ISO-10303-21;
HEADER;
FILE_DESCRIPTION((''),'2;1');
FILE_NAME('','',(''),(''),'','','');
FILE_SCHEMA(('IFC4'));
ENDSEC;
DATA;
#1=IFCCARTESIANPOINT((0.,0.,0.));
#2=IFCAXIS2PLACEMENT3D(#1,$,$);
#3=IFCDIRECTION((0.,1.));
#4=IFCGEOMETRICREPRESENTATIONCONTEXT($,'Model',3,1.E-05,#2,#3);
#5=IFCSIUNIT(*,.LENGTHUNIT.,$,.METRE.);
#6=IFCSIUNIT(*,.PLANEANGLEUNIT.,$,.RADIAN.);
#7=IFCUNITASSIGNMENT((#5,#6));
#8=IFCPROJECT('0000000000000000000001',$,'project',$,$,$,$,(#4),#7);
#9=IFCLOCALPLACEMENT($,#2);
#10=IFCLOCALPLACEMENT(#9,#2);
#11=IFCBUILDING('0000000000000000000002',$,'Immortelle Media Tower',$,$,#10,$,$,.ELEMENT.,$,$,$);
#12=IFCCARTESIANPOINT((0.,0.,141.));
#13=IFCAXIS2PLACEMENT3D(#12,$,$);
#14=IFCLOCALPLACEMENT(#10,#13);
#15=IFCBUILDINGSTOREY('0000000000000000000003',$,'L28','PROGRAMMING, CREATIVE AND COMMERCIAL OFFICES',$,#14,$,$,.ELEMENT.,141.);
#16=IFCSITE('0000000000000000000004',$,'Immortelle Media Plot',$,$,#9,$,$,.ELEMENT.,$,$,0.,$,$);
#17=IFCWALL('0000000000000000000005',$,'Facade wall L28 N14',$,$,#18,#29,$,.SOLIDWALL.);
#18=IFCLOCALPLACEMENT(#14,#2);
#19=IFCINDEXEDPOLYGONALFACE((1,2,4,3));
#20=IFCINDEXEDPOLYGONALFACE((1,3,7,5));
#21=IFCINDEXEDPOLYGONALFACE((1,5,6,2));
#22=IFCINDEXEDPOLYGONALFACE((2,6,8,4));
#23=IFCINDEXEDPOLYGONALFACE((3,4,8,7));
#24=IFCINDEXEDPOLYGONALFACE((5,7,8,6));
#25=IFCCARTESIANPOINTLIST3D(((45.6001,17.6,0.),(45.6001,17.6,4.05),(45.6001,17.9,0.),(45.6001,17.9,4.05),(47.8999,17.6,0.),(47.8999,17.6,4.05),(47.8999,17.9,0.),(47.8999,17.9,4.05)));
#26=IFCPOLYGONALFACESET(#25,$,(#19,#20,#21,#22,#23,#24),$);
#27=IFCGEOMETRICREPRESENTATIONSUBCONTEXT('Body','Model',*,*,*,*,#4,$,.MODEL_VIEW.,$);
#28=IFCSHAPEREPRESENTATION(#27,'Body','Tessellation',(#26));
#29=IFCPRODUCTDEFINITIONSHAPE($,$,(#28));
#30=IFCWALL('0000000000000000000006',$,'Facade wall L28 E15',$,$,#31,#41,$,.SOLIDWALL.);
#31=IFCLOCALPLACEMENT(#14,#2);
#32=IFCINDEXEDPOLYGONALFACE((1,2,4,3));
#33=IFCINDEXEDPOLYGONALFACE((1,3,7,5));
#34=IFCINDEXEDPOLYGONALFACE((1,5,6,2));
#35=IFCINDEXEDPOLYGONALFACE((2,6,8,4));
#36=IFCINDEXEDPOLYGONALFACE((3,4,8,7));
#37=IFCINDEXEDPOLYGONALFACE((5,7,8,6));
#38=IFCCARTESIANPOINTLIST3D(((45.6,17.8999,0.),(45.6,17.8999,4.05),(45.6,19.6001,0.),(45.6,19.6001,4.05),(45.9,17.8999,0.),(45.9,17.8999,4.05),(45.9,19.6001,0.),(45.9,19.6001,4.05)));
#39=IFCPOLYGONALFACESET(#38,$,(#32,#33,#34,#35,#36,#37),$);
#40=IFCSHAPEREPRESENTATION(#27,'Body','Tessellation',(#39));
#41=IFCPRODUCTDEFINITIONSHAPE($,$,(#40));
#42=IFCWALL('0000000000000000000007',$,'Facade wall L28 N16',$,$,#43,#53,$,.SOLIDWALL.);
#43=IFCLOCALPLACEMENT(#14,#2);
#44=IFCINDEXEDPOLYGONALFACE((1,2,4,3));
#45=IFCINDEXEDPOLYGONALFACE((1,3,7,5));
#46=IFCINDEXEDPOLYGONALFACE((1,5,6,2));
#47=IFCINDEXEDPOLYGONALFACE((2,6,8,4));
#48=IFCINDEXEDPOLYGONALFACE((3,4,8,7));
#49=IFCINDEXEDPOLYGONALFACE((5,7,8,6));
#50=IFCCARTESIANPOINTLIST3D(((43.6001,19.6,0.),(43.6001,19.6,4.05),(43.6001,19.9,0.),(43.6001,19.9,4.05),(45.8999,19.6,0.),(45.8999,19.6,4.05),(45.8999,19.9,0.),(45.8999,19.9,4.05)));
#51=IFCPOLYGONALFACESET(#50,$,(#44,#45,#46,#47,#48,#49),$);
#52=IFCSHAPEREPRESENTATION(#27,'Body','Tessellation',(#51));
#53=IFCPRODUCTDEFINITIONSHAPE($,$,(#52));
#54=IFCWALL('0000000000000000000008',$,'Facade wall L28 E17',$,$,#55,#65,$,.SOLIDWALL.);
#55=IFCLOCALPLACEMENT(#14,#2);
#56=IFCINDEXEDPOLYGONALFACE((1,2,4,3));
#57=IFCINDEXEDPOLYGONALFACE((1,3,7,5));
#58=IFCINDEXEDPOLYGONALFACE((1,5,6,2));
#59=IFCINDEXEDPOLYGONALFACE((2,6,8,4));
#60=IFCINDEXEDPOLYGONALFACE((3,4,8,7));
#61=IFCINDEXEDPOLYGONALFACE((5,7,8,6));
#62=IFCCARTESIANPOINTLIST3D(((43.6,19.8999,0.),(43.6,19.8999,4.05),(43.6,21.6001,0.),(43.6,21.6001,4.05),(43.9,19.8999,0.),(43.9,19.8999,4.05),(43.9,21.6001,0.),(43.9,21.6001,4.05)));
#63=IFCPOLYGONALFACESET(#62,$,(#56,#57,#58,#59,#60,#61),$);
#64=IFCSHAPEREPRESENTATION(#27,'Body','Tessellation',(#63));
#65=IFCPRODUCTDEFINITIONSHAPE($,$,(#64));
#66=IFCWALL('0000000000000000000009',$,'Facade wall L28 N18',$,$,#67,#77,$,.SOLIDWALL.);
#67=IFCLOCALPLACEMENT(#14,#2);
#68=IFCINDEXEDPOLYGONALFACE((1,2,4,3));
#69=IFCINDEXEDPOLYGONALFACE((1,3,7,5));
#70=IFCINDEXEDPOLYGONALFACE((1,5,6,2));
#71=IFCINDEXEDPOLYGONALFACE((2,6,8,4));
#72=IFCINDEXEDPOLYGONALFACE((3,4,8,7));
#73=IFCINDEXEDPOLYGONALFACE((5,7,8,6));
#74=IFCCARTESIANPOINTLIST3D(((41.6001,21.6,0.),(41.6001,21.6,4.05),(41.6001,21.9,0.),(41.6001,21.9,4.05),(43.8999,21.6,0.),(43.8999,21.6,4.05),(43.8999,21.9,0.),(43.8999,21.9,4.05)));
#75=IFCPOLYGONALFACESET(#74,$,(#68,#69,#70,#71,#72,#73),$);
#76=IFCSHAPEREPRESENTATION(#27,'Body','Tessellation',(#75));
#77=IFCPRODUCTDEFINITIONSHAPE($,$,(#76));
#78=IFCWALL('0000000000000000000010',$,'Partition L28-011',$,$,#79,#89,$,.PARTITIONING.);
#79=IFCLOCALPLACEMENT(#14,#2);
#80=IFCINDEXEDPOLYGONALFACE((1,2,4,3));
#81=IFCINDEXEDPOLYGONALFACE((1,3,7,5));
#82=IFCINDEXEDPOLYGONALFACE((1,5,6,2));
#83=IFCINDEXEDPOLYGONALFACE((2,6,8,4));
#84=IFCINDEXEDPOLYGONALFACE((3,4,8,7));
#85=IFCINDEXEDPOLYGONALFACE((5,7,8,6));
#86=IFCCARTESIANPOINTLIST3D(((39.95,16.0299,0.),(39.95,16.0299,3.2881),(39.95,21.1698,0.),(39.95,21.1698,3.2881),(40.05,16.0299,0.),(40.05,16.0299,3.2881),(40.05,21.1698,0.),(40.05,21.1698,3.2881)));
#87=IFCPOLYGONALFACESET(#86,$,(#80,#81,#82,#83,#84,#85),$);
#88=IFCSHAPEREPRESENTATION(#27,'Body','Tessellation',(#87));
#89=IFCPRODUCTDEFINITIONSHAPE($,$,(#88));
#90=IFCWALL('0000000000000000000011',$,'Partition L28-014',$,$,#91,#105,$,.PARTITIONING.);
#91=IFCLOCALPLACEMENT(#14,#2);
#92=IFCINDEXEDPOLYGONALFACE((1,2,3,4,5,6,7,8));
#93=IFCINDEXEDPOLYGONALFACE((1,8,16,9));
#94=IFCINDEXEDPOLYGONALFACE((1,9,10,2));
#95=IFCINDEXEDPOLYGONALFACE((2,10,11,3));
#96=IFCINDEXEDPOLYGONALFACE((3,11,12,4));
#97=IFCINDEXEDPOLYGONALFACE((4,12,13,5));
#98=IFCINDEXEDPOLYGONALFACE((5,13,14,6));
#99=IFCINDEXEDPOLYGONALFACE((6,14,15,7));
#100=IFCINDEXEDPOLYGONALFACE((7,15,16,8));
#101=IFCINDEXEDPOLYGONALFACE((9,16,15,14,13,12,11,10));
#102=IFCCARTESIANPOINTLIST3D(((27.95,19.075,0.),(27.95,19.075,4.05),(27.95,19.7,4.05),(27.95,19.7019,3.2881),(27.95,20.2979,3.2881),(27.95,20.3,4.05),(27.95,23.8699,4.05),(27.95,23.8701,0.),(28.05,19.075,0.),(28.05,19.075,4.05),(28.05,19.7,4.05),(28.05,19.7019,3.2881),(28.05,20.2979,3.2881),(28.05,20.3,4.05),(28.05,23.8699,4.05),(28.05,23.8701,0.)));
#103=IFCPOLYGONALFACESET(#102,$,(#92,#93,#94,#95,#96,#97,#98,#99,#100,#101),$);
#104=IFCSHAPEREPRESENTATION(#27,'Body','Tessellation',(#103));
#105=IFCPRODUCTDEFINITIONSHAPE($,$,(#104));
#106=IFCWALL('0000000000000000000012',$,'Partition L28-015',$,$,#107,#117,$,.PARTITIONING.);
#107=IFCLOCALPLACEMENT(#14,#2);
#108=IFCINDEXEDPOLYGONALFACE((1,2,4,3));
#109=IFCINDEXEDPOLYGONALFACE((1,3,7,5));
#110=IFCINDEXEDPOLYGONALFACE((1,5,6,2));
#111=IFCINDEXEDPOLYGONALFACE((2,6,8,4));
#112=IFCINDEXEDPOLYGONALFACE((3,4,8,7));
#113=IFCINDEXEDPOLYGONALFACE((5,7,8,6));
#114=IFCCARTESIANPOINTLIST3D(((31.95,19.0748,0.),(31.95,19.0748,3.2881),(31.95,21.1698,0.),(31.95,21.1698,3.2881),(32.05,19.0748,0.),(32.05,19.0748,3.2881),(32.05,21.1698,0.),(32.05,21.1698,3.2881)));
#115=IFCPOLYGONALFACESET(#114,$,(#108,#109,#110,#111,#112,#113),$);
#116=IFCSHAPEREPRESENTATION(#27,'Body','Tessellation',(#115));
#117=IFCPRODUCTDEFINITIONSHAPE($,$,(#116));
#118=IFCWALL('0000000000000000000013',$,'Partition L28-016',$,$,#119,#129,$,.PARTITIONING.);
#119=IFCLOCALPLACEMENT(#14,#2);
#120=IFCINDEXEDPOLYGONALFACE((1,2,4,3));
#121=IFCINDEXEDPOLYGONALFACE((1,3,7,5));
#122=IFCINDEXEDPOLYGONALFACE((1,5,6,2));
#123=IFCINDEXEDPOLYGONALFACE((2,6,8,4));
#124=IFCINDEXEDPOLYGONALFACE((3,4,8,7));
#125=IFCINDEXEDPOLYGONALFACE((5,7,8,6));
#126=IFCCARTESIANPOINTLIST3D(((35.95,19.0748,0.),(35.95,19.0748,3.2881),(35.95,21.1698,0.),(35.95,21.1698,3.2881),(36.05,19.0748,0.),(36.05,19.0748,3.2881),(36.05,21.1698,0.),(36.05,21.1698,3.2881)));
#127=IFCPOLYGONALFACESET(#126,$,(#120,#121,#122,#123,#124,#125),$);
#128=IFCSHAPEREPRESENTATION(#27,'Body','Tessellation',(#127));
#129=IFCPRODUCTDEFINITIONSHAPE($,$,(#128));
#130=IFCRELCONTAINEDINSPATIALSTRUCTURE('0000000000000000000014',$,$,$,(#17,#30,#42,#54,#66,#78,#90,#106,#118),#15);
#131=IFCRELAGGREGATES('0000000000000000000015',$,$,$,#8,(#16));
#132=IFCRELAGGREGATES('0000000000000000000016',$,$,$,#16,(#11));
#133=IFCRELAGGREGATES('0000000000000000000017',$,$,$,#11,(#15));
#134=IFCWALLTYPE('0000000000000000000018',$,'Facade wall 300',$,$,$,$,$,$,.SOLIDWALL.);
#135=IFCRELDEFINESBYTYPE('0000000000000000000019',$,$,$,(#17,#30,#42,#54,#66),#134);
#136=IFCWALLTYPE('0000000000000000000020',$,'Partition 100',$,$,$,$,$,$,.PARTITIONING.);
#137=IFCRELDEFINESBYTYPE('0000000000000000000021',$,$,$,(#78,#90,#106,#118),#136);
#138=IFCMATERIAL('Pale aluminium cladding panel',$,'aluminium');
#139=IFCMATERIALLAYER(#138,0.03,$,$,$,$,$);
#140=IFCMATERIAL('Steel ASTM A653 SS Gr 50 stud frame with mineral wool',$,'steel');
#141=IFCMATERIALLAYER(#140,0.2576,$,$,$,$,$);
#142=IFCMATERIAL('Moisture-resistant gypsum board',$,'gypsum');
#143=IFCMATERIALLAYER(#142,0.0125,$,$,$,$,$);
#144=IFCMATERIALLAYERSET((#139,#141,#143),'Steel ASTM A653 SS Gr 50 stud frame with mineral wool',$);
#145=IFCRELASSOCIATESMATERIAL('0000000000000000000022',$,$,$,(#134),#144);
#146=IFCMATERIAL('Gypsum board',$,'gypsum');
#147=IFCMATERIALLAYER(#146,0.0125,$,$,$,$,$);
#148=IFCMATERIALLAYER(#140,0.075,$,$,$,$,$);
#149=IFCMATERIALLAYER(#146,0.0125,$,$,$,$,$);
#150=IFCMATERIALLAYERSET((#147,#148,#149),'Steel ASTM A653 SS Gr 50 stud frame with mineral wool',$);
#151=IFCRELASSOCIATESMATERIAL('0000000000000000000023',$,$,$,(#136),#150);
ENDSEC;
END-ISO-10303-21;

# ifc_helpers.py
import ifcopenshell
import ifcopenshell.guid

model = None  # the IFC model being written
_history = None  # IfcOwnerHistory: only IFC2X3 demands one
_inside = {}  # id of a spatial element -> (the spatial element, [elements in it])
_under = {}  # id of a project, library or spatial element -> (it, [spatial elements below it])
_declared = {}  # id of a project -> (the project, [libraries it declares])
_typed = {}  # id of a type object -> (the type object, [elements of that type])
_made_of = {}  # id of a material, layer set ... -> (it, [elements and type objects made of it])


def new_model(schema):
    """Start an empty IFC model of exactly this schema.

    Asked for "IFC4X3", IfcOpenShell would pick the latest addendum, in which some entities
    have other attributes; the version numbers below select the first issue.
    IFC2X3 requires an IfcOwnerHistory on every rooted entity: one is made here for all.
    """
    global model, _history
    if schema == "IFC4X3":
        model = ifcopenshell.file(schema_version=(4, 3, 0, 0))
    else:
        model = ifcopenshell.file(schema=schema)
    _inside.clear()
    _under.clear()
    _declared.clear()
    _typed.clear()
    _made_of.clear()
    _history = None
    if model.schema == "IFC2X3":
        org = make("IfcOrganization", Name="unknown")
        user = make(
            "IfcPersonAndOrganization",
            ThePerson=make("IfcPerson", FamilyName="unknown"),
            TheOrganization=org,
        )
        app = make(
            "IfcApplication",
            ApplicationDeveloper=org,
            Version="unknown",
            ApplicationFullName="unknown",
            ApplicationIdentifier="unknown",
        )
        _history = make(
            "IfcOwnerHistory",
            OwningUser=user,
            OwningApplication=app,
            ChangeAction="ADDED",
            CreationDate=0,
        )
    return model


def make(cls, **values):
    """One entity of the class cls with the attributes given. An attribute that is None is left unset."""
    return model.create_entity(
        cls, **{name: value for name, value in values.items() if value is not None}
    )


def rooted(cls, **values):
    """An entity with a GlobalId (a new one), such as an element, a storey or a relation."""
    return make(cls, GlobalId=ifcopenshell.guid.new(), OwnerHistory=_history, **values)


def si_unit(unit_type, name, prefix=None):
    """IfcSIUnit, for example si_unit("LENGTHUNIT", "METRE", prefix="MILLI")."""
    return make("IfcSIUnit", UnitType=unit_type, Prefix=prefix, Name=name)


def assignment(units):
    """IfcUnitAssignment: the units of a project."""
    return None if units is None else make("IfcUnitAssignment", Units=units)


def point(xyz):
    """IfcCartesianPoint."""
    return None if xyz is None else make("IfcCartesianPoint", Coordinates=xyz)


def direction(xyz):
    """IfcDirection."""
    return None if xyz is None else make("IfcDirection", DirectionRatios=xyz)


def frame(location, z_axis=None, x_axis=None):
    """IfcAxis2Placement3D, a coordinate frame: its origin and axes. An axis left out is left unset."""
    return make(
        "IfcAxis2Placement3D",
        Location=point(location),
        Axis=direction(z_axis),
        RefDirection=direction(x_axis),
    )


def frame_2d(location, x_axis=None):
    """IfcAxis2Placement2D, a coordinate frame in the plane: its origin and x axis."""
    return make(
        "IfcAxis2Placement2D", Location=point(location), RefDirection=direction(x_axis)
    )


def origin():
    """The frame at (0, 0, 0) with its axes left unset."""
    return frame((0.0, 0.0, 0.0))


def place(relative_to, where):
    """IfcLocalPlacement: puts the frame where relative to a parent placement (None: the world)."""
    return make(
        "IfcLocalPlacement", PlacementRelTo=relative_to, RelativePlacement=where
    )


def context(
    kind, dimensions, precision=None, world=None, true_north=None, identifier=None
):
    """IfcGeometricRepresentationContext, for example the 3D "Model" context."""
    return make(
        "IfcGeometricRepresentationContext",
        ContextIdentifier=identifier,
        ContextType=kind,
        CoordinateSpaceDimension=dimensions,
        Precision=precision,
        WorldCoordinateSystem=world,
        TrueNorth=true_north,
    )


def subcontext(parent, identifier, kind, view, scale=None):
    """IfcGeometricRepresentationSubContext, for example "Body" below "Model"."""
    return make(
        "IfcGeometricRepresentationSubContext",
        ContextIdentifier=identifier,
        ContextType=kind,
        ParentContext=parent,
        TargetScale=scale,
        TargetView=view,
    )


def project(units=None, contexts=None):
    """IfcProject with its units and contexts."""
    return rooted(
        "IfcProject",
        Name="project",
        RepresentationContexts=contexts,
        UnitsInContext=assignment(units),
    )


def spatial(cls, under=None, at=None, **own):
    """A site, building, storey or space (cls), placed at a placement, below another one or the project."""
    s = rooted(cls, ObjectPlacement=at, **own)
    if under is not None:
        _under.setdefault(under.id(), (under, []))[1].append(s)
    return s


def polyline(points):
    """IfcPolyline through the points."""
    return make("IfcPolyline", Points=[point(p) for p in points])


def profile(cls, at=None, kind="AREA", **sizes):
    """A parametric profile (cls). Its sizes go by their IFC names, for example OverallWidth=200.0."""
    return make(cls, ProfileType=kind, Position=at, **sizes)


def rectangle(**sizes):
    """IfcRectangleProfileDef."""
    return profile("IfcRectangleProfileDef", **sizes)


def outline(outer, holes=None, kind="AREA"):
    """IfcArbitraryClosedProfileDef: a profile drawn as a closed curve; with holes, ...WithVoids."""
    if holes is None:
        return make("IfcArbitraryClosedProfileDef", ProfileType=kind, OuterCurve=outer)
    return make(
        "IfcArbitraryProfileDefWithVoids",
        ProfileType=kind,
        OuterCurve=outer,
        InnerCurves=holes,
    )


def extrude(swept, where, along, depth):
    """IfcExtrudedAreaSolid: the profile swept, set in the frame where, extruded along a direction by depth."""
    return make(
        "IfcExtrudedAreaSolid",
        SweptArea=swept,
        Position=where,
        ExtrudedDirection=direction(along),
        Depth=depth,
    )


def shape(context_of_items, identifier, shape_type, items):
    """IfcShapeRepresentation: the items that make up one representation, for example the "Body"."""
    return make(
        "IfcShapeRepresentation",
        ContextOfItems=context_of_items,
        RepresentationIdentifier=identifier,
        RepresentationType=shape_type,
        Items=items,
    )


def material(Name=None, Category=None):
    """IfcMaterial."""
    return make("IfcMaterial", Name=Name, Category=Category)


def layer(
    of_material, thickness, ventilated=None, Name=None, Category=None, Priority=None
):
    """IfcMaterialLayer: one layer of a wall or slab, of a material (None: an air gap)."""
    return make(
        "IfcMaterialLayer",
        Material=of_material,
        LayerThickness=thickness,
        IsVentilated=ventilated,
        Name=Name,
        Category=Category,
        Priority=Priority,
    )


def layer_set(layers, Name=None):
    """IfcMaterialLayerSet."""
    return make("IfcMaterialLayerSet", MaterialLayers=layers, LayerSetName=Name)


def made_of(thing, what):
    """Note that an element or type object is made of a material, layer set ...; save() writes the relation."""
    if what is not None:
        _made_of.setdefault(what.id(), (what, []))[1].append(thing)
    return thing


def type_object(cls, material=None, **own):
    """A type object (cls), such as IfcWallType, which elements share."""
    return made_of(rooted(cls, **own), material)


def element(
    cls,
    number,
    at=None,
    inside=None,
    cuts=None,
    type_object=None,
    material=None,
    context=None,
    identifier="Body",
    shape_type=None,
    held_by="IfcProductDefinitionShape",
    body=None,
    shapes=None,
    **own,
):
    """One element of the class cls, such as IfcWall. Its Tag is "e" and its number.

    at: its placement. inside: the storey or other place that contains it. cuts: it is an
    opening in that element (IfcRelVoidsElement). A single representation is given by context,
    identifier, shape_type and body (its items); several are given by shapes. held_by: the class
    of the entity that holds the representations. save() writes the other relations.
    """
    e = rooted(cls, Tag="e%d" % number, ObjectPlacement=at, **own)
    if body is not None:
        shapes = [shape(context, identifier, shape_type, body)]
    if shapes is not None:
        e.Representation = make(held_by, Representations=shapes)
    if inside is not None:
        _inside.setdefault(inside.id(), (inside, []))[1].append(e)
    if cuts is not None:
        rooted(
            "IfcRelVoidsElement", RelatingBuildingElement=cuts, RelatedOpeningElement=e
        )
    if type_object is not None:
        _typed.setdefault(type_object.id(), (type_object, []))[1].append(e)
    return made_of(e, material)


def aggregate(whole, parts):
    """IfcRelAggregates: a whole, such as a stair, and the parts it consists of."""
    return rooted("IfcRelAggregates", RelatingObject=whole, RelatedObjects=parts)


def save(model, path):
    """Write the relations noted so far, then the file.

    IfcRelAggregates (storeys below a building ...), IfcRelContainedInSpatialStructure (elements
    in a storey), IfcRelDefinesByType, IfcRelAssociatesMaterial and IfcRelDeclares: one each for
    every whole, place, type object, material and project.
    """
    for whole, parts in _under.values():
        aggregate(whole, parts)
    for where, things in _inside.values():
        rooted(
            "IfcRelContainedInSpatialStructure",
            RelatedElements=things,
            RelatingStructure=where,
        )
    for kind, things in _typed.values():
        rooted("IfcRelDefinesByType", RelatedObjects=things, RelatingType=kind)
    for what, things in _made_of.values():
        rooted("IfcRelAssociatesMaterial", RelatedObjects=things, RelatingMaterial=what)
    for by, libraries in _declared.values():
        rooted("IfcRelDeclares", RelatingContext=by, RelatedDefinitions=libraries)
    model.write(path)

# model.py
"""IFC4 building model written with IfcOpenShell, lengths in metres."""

from ifc_helpers import new_model, si_unit, direction, frame, frame_2d, origin, place, context, subcontext, project, spatial, polyline, rectangle, outline, extrude, material, layer, layer_set, type_object, element, save


model = new_model("IFC4")

# Units and contexts
model_context = context("Model", 3, precision=1e-05, world=origin(), true_north=direction((0.0, 1.0)))
body_context = subcontext(model_context, "Body", "Model", "MODEL_VIEW")
ifc_project = project(units=[si_unit("LENGTHUNIT", "METRE"), si_unit("PLANEANGLEUNIT", "RADIAN")], contexts=[model_context])

# Site, building, storey
site_placement = place(None, origin())
site = spatial("IfcSite", under=ifc_project, at=site_placement, Name="Immortelle Media Plot", CompositionType="ELEMENT", RefElevation=0.0)
building_placement = place(site_placement, origin())
building = spatial("IfcBuilding", under=site, at=building_placement, Name="Immortelle Media Tower", CompositionType="ELEMENT")
storey_placement = place(building_placement, frame((0.0, 0.0, 141.0)))
storey = spatial("IfcBuildingStorey", under=building, at=storey_placement, Name="L28", Description="PROGRAMMING, CREATIVE AND COMMERCIAL OFFICES", CompositionType="ELEMENT", Elevation=141.0)

# Shared definitions
ifc_material_1 = material(Name="Steel ASTM A653 SS Gr 50 stud frame with mineral wool", Category="steel")

# Walls
ifc_material_2 = material(Name="Pale aluminium cladding panel", Category="aluminium")
ifc_layer_1 = layer(ifc_material_2, 0.03)
ifc_layer_2 = layer(ifc_material_1, 0.2576)
ifc_material_3 = material(Name="Moisture-resistant gypsum board", Category="gypsum")
ifc_layer_3 = layer(ifc_material_3, 0.0125)
ifc_layer_set_1 = layer_set([ifc_layer_1, ifc_layer_2, ifc_layer_3], Name="Steel ASTM A653 SS Gr 50 stud frame with mineral wool")
wall_type_1 = type_object("IfcWallType", Name="Facade wall 300", PredefinedType="SOLIDWALL", material=ifc_layer_set_1)
wall_1_placement = place(storey_placement, frame((47.8999, 17.75, 0.0), z_axis=(0.0, 0.0, 1.0), x_axis=(-1.0, 0.0, 0.0)))
element("IfcWall", 1, at=wall_1_placement, inside=storey, type_object=wall_type_1, Name="Facade wall L28 N14", PredefinedType="SOLIDWALL", context=body_context, shape_type="SweptSolid", body=[
    extrude(rectangle(XDim=2.2998, YDim=0.3, at=frame_2d((1.1499, 0.0))), origin(), (0.0, 0.0, 1.0), 4.05),
])
wall_2_placement = place(storey_placement, frame((45.75, 17.8999, 0.0), z_axis=(0.0, 0.0, 1.0), x_axis=(0.0, 1.0, 0.0)))
element("IfcWall", 2, at=wall_2_placement, inside=storey, type_object=wall_type_1, Name="Facade wall L28 E15", PredefinedType="SOLIDWALL", context=body_context, shape_type="SweptSolid", body=[
    extrude(rectangle(XDim=1.7002, YDim=0.3, at=frame_2d((0.8501, 0.0))), origin(), (0.0, 0.0, 1.0), 4.05),
])
wall_3_placement = place(storey_placement, frame((45.8999, 19.75, 0.0), z_axis=(0.0, 0.0, 1.0), x_axis=(-1.0, 0.0, 0.0)))
element("IfcWall", 3, at=wall_3_placement, inside=storey, type_object=wall_type_1, Name="Facade wall L28 N16", PredefinedType="SOLIDWALL", context=body_context, shape_type="SweptSolid", body=[
    extrude(rectangle(XDim=2.2998, YDim=0.3, at=frame_2d((1.1499, 0.0))), origin(), (0.0, 0.0, 1.0), 4.05),
])
wall_4_placement = place(storey_placement, frame((43.75, 19.8999, 0.0), z_axis=(0.0, 0.0, 1.0), x_axis=(0.0, 1.0, 0.0)))
element("IfcWall", 4, at=wall_4_placement, inside=storey, type_object=wall_type_1, Name="Facade wall L28 E17", PredefinedType="SOLIDWALL", context=body_context, shape_type="SweptSolid", body=[
    extrude(rectangle(XDim=1.7002, YDim=0.3, at=frame_2d((0.8501, 0.0))), origin(), (0.0, 0.0, 1.0), 4.05),
])
wall_5_placement = place(storey_placement, frame((43.8999, 21.75, 0.0), z_axis=(0.0, 0.0, 1.0), x_axis=(-1.0, 0.0, 0.0)))
element("IfcWall", 5, at=wall_5_placement, inside=storey, type_object=wall_type_1, Name="Facade wall L28 N18", PredefinedType="SOLIDWALL", context=body_context, shape_type="SweptSolid", body=[
    extrude(rectangle(XDim=2.2998, YDim=0.3, at=frame_2d((1.1499, 0.0))), origin(), (0.0, 0.0, 1.0), 4.05),
])

# Walls
ifc_material_4 = material(Name="Gypsum board", Category="gypsum")
ifc_layer_4 = layer(ifc_material_4, 0.0125)
ifc_layer_5 = layer(ifc_material_1, 0.075)
ifc_layer_6 = layer(ifc_material_4, 0.0125)
ifc_layer_set_2 = layer_set([ifc_layer_4, ifc_layer_5, ifc_layer_6], Name="Steel ASTM A653 SS Gr 50 stud frame with mineral wool")
wall_type_2 = type_object("IfcWallType", Name="Partition 100", PredefinedType="PARTITIONING", material=ifc_layer_set_2)
wall_6_placement = place(storey_placement, frame((40.0, 16.03, 0.0), z_axis=(0.0, 0.0, 1.0), x_axis=(0.0, 1.0, 0.0)))
element("IfcWall", 6, at=wall_6_placement, inside=storey, type_object=wall_type_2, Name="Partition L28-011", PredefinedType="PARTITIONING", context=body_context, shape_type="SweptSolid", body=[
    extrude(rectangle(XDim=5.1399, YDim=0.1001, at=frame_2d((2.5698, 0.0))), origin(), (0.0, 0.0, 1.0), 3.2881),
])
wall_7_placement = place(storey_placement, frame((28.0, 19.075, 0.0), z_axis=(0.0, 0.0, 1.0), x_axis=(0.0, 1.0, 0.0)))
element("IfcWall", 7, at=wall_7_placement, inside=storey, type_object=wall_type_2, Name="Partition L28-014", PredefinedType="PARTITIONING", context=body_context, shape_type="SweptSolid", body=[
    extrude(outline(polyline([(0.0, 0.0), (4.7952, 0.0), (4.7949, 4.05), (1.2251, 4.05), (1.2229, 3.2881), (0.627, 3.2881), (0.625, 4.05), (0.0, 4.05), (0.0, 0.0)])), frame((0.0, 0.05, 0.0), z_axis=(0.0, -1.0, 0.0), x_axis=(1.0, 0.0, 0.0)), (0.0, 0.0, 1.0), 0.1001),
])
for number, where, z_axis, x_axis, name in (
    (8, (32.0, 19.075, 0.0), (0.0, 0.0, 1.0), (0.0, 1.0, 0.0), "Partition L28-015"),
    (9, (36.0, 19.075, 0.0), (0.0, 0.0, 1.0), (0.0, 1.0, 0.0), "Partition L28-016"),
):
    element("IfcWall", number, at=place(storey_placement, frame(where, z_axis=z_axis, x_axis=x_axis)), inside=storey, type_object=wall_type_2, Name=name, PredefinedType="PARTITIONING", context=body_context, shape_type="SweptSolid", body=[
        extrude(rectangle(XDim=2.095, YDim=0.1001, at=frame_2d((1.0474, 0.0))), origin(), (0.0, 0.0, 1.0), 3.2881),
    ])

save(model, "model.ifc")
